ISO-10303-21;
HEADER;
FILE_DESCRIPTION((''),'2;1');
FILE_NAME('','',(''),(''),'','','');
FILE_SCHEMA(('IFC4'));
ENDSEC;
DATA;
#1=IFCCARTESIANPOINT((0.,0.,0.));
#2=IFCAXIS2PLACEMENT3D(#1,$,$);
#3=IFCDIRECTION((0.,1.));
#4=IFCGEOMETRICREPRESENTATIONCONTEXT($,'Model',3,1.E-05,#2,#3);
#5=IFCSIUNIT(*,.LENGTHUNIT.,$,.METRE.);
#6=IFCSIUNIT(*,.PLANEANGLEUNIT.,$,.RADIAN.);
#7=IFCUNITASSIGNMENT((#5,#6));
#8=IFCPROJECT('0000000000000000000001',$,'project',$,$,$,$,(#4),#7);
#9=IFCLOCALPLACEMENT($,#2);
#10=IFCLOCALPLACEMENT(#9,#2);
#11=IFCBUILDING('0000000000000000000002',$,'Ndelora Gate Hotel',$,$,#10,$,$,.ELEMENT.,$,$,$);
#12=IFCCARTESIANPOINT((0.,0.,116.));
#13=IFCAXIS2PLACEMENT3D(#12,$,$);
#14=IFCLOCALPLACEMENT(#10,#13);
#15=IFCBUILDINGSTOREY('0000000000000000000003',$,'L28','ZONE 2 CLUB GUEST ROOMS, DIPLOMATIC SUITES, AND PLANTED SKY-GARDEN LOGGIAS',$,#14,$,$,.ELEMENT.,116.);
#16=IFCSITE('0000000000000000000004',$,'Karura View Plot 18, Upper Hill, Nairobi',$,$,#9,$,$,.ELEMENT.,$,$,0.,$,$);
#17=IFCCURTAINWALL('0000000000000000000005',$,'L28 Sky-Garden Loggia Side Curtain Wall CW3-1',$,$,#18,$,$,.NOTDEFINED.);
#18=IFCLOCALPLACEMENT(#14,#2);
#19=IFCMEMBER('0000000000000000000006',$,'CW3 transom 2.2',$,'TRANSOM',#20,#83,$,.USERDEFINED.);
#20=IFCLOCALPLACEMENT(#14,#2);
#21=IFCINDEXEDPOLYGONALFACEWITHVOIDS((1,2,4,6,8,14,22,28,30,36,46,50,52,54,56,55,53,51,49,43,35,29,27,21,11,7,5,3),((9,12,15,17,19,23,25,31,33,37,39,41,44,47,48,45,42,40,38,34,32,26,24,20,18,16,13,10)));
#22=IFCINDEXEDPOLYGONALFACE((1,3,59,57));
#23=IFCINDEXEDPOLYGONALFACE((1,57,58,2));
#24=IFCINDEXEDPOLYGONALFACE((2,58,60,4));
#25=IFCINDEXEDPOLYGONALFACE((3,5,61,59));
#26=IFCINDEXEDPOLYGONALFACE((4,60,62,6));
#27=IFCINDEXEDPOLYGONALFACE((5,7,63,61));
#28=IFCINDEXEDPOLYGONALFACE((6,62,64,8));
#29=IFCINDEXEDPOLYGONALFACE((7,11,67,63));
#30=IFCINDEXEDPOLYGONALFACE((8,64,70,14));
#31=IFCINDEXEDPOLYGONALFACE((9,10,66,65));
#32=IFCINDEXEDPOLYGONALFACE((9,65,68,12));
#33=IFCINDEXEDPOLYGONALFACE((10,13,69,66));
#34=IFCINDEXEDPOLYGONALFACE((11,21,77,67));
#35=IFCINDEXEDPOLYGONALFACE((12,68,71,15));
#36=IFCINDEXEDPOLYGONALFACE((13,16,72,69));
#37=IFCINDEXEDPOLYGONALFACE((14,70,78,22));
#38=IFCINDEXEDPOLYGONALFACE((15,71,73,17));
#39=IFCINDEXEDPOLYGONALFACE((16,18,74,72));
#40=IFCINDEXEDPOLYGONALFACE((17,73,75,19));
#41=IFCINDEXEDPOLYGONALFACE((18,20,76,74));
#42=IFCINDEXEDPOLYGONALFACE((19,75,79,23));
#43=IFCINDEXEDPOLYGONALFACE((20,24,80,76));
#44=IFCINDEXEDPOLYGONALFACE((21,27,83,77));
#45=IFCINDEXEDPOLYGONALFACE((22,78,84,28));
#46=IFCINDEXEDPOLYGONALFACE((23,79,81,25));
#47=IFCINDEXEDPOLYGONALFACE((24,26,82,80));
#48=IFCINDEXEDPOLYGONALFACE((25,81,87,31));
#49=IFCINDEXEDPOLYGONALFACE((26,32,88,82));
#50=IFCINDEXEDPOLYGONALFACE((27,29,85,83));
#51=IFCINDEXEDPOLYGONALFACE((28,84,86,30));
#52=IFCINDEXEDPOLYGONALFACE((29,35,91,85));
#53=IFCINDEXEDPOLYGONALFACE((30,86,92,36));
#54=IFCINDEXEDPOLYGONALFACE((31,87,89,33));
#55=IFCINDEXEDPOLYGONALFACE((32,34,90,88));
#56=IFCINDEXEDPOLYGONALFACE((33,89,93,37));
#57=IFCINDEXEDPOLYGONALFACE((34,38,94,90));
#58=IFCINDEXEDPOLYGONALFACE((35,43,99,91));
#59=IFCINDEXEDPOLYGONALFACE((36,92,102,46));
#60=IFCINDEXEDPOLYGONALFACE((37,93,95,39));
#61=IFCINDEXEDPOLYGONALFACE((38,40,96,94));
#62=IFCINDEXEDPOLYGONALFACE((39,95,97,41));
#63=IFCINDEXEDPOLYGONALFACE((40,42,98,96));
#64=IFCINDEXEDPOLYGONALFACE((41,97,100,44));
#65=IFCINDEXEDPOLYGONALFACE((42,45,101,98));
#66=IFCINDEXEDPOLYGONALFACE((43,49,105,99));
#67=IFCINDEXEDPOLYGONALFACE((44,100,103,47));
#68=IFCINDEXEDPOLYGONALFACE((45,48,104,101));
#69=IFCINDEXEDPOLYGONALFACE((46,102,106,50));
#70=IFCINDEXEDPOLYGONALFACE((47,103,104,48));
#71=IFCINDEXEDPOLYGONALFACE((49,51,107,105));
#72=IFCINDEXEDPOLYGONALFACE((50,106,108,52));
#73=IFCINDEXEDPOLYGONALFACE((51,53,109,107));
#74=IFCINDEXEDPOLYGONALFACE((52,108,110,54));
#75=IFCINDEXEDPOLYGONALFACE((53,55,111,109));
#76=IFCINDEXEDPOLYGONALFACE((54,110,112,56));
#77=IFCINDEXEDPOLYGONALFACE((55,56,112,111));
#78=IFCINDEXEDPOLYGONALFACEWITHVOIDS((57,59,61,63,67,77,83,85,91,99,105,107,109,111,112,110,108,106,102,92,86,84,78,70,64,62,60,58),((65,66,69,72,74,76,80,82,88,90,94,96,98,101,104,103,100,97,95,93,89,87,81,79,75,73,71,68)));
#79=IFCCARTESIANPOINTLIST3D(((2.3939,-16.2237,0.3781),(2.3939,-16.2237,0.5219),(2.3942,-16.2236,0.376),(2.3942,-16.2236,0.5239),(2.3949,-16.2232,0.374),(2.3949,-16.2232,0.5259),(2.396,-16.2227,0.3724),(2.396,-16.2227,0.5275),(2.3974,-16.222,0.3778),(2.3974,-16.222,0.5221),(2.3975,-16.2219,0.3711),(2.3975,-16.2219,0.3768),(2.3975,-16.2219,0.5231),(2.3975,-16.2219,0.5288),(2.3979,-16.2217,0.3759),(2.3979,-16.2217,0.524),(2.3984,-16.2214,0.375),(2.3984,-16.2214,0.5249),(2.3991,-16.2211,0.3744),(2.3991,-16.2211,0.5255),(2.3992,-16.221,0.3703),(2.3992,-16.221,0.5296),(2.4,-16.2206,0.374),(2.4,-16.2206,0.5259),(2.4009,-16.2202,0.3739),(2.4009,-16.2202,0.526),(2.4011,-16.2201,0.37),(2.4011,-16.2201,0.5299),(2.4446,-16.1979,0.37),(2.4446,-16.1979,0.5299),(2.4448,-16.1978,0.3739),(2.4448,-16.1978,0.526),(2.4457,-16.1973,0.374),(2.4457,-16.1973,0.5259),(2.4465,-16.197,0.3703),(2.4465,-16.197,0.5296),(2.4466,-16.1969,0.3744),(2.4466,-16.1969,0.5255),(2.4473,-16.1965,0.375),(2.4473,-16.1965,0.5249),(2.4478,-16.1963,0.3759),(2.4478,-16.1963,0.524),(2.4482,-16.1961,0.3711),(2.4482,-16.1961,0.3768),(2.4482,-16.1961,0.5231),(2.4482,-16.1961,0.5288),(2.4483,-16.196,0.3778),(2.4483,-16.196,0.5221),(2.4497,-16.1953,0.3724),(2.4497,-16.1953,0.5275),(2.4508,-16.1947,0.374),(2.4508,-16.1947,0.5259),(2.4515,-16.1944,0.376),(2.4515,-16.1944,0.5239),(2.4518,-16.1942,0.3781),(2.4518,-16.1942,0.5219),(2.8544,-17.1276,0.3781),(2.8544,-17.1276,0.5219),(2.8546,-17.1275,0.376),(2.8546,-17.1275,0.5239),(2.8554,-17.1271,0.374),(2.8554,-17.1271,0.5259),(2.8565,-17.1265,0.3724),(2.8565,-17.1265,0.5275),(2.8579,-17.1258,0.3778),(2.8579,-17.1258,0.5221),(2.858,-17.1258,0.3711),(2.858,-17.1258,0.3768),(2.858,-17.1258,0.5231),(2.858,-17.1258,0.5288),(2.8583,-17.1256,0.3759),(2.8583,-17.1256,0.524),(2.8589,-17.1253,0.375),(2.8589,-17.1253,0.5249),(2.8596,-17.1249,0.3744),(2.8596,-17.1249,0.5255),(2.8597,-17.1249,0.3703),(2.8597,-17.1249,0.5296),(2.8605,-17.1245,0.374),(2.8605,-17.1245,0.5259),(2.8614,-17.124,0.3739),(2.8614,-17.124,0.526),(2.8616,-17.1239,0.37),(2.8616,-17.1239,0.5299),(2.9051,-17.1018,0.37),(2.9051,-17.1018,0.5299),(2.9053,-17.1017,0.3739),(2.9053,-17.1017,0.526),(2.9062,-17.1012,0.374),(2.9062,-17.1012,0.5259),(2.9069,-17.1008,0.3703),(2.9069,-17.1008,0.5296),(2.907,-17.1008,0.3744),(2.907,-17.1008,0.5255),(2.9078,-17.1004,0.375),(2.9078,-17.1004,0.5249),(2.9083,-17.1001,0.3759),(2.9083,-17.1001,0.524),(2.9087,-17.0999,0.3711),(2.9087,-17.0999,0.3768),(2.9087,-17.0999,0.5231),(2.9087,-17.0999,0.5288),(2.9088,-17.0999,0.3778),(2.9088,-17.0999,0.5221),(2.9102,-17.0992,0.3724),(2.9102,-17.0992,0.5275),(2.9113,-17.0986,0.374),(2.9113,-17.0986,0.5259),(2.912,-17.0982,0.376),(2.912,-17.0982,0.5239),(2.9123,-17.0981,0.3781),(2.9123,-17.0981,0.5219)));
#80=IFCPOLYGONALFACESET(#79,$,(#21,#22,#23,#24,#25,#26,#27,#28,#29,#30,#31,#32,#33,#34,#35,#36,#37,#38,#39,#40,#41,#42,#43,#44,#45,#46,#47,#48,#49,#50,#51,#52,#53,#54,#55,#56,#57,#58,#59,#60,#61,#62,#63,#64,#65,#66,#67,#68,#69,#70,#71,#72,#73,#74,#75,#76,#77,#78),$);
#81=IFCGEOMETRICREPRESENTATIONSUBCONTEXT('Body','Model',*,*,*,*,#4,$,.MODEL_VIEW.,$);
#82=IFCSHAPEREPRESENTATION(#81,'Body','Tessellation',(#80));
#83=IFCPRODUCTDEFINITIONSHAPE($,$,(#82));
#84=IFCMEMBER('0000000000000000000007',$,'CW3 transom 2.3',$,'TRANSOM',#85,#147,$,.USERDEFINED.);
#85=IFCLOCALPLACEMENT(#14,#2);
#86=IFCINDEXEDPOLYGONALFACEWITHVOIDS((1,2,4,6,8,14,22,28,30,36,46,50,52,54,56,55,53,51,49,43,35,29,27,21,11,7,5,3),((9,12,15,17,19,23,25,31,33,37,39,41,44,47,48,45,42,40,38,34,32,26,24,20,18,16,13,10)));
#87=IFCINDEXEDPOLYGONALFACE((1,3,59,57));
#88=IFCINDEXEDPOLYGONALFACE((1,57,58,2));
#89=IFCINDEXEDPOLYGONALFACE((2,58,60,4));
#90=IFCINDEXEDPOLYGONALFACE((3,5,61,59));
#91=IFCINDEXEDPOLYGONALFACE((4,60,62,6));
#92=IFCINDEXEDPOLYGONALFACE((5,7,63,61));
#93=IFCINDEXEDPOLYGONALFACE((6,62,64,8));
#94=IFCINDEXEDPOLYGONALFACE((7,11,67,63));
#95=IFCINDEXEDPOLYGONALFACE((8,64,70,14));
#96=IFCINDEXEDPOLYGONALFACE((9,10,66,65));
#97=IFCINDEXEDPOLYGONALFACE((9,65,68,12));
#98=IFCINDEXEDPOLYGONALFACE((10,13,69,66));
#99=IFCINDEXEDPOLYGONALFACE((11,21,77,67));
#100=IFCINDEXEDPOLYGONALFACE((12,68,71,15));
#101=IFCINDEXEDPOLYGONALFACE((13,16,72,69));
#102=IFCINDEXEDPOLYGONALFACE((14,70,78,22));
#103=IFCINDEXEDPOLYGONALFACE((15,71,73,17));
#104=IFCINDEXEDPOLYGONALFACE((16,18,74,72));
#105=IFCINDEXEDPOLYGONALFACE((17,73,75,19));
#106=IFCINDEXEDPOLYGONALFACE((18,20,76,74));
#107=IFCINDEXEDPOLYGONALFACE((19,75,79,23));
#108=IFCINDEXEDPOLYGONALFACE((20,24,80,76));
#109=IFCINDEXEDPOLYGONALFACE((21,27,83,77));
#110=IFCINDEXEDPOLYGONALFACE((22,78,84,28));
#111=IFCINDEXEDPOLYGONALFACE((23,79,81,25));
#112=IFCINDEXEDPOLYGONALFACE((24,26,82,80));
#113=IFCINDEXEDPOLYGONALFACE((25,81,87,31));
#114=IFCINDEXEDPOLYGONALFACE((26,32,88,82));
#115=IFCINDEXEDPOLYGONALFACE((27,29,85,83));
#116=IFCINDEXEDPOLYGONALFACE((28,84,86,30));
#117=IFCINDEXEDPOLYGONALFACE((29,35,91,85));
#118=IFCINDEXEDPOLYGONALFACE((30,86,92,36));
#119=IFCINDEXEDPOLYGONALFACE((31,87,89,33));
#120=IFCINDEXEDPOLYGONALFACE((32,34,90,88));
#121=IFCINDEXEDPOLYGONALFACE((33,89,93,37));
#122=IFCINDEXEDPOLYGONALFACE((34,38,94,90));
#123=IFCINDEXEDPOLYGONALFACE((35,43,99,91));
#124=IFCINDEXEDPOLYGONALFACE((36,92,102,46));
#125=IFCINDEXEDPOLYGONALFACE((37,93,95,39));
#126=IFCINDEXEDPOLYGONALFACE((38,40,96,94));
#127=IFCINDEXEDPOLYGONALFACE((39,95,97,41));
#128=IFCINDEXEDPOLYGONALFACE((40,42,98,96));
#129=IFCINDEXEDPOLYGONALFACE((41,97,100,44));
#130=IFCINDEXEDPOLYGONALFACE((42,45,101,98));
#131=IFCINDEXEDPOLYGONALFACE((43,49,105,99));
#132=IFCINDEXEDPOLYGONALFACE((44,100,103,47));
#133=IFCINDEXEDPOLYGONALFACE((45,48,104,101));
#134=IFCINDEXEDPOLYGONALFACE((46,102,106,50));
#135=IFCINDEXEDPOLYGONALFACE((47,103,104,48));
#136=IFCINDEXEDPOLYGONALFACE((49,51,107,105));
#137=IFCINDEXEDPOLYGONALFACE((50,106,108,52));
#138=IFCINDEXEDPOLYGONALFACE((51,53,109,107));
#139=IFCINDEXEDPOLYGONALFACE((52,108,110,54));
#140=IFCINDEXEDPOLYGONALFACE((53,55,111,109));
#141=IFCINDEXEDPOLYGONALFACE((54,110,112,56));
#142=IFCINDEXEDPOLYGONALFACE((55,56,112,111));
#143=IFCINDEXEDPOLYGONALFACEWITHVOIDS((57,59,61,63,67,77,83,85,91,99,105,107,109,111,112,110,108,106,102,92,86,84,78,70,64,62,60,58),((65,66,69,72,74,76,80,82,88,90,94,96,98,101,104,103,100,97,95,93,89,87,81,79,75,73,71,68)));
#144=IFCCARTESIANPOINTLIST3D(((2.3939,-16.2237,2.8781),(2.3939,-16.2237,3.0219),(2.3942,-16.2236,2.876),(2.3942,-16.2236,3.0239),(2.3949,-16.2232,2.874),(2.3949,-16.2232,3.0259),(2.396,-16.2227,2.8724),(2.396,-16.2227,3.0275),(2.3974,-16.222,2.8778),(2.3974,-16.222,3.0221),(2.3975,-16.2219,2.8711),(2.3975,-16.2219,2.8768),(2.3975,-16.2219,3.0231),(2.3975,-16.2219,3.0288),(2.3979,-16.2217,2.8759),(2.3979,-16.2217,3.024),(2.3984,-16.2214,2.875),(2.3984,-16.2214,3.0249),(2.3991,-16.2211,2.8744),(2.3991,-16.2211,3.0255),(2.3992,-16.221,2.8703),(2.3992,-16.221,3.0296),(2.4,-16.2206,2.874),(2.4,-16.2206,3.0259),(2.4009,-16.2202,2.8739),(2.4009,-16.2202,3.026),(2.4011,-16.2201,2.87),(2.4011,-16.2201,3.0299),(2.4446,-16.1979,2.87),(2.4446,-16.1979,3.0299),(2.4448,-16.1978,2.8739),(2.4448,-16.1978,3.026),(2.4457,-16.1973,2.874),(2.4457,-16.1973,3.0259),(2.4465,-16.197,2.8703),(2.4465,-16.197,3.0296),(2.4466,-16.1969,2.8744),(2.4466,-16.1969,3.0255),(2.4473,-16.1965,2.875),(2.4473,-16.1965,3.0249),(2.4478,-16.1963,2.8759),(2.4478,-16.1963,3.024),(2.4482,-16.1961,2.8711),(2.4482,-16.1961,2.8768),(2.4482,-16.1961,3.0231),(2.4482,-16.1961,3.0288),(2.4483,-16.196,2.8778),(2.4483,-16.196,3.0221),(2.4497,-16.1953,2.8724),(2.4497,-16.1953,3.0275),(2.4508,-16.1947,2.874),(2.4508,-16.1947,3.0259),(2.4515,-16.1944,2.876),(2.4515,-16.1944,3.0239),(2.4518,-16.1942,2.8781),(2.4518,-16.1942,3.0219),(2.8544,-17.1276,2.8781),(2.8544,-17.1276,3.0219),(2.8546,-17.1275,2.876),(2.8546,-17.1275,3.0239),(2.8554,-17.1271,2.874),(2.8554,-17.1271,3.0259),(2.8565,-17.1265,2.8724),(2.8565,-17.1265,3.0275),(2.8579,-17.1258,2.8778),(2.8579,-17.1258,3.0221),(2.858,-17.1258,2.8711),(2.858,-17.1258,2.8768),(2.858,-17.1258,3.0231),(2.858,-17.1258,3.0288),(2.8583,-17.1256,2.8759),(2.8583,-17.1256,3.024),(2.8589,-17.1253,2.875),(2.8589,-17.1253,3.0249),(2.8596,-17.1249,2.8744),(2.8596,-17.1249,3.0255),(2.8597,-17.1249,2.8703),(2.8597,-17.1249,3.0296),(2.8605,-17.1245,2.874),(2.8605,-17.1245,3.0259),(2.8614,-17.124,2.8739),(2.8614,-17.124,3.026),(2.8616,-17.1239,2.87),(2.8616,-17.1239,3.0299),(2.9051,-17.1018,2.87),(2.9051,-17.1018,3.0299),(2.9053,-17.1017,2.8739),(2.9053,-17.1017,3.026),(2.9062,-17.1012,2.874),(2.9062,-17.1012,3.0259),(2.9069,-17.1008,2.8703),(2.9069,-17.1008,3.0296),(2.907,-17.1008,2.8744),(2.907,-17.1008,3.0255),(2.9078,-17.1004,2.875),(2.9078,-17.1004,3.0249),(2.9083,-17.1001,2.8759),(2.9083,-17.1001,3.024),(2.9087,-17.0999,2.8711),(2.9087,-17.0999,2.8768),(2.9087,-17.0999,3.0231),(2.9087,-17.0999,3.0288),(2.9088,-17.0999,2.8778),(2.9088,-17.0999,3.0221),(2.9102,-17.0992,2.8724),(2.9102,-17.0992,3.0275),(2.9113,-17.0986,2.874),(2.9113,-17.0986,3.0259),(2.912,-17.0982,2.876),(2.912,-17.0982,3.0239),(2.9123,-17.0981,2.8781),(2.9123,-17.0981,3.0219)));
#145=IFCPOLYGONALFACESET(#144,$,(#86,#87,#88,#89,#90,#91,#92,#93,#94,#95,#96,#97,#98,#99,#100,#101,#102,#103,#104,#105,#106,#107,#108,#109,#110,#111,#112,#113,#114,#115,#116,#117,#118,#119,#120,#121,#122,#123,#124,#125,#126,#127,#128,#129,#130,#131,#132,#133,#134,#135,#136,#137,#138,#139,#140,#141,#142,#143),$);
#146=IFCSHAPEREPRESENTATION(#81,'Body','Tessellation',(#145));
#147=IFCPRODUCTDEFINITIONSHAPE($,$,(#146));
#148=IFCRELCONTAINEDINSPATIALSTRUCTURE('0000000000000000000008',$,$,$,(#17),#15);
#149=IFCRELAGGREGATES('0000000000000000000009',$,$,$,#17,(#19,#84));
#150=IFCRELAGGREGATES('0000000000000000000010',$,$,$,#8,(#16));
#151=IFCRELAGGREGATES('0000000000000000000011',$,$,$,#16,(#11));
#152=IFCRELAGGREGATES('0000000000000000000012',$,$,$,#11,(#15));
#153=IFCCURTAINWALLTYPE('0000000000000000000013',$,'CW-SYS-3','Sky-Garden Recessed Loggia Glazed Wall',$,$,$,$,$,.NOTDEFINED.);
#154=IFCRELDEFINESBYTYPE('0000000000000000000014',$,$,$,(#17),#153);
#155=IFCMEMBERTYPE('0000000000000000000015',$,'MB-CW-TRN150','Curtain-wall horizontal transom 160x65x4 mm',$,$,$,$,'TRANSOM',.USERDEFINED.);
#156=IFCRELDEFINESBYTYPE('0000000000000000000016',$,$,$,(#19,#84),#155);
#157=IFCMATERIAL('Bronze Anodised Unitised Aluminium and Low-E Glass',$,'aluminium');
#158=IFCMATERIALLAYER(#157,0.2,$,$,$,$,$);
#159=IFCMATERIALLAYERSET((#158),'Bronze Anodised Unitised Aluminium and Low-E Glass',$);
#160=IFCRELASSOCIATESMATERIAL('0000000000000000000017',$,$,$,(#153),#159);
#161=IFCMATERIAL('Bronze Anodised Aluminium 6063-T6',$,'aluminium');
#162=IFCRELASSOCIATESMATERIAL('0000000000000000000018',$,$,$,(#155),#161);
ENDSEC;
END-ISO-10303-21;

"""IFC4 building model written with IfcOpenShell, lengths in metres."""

from ifc_helpers import new_model, si_unit, direction, frame, origin, origin_2d, place, context, subcontext, project, spatial, hollow_rectangle, extrude, material, layer, layer_set, material_profile, profile_set, type_object, element, aggregate, save


model = new_model("IFC4")

# Units and contexts
model_context = context("Model", 3, precision=1e-05, world=origin(), true_north=direction((0.0, 1.0)))
body_context = subcontext(model_context, "Body", "Model", "MODEL_VIEW")
ifc_project = project(units=[si_unit("LENGTHUNIT", "METRE"), si_unit("PLANEANGLEUNIT", "RADIAN")], contexts=[model_context])

# Site, building, storey
site_placement = place(None, origin())
site = spatial("IfcSite", under=ifc_project, at=site_placement, Name="Karura View Plot 18, Upper Hill, Nairobi", CompositionType="ELEMENT", RefElevation=0.0)
building_placement = place(site_placement, origin())
building = spatial("IfcBuilding", under=site, at=building_placement, Name="Ndelora Gate Hotel", CompositionType="ELEMENT")
storey_placement = place(building_placement, frame((0.0, 0.0, 116.0)))
storey = spatial("IfcBuildingStorey", under=building, at=storey_placement, Name="L28", Description="ZONE 2 CLUB GUEST ROOMS, DIPLOMATIC SUITES, AND PLANTED SKY-GARDEN LOGGIAS", CompositionType="ELEMENT", Elevation=116.0)

# Curtain wall, members
ifc_material_1 = material(Name="Bronze Anodised Unitised Aluminium and Low-E Glass", Category="aluminium")
ifc_layer_1 = layer(ifc_material_1, 0.2)
ifc_layer_set_1 = layer_set([ifc_layer_1], Name="Bronze Anodised Unitised Aluminium and Low-E Glass")
curtain_wall_type = type_object("IfcCurtainWallType", Name="CW-SYS-3", Description="Sky-Garden Recessed Loggia Glazed Wall", PredefinedType="NOTDEFINED", material=ifc_layer_set_1)
curtain_wall_placement = place(storey_placement, origin())
curtain_wall = element("IfcCurtainWall", 1, at=curtain_wall_placement, inside=storey, type_object=curtain_wall_type, Name="L28 Sky-Garden Loggia Side Curtain Wall CW3-1", PredefinedType="NOTDEFINED")
ifc_material_2 = material(Name="Bronze Anodised Aluminium 6063-T6", Category="aluminium")
ifc_material_profile_1 = material_profile(ifc_material_2, hollow_rectangle(XDim=0.0649, YDim=0.1599, WallThickness=0.0039, InnerFilletRadius=0.0039, OuterFilletRadius=0.0081, at=origin_2d()), Name="ALU 160x65x4")
ifc_profile_set_1 = profile_set([ifc_material_profile_1], Name="Bronze Anodised Aluminium 6063-T6")
member_type_1 = type_object("IfcMemberType", Name="MB-CW-TRN150", Description="Curtain-wall horizontal transom 160x65x4 mm", ElementType="TRANSOM", PredefinedType="USERDEFINED", material=ifc_profile_set_1)
member_1_placement = place(storey_placement, frame((2.4229, -16.209, 0.45), z_axis=(0.45394, -0.891032, 0.0), x_axis=(0.891032, 0.45394, 0.0)))
member_1 = element("IfcMember", 2, at=member_1_placement, type_object=member_type_1, Name="CW3 transom 2.2", ObjectType="TRANSOM", PredefinedType="USERDEFINED", context=body_context, shape_type="SweptSolid", body=[
    extrude(hollow_rectangle(XDim=0.0649, YDim=0.1599, WallThickness=0.0039, InnerFilletRadius=0.0039, OuterFilletRadius=0.0081, at=origin_2d()), origin(), (0.0, 0.0, 1.0), 1.0144),
])
member_2_placement = place(storey_placement, frame((2.4229, -16.209, 2.95), z_axis=(0.45394, -0.891032, 0.0), x_axis=(0.891032, 0.45394, 0.0)))
member_2 = element("IfcMember", 3, at=member_2_placement, type_object=member_type_1, Name="CW3 transom 2.3", ObjectType="TRANSOM", PredefinedType="USERDEFINED", context=body_context, shape_type="SweptSolid", body=[
    extrude(hollow_rectangle(XDim=0.0649, YDim=0.1599, WallThickness=0.0039, InnerFilletRadius=0.0039, OuterFilletRadius=0.0081, at=origin_2d()), origin(), (0.0, 0.0, 1.0), 1.0144),
])
aggregate(curtain_wall, [member_1, member_2])

save(model, "model.ifc")
